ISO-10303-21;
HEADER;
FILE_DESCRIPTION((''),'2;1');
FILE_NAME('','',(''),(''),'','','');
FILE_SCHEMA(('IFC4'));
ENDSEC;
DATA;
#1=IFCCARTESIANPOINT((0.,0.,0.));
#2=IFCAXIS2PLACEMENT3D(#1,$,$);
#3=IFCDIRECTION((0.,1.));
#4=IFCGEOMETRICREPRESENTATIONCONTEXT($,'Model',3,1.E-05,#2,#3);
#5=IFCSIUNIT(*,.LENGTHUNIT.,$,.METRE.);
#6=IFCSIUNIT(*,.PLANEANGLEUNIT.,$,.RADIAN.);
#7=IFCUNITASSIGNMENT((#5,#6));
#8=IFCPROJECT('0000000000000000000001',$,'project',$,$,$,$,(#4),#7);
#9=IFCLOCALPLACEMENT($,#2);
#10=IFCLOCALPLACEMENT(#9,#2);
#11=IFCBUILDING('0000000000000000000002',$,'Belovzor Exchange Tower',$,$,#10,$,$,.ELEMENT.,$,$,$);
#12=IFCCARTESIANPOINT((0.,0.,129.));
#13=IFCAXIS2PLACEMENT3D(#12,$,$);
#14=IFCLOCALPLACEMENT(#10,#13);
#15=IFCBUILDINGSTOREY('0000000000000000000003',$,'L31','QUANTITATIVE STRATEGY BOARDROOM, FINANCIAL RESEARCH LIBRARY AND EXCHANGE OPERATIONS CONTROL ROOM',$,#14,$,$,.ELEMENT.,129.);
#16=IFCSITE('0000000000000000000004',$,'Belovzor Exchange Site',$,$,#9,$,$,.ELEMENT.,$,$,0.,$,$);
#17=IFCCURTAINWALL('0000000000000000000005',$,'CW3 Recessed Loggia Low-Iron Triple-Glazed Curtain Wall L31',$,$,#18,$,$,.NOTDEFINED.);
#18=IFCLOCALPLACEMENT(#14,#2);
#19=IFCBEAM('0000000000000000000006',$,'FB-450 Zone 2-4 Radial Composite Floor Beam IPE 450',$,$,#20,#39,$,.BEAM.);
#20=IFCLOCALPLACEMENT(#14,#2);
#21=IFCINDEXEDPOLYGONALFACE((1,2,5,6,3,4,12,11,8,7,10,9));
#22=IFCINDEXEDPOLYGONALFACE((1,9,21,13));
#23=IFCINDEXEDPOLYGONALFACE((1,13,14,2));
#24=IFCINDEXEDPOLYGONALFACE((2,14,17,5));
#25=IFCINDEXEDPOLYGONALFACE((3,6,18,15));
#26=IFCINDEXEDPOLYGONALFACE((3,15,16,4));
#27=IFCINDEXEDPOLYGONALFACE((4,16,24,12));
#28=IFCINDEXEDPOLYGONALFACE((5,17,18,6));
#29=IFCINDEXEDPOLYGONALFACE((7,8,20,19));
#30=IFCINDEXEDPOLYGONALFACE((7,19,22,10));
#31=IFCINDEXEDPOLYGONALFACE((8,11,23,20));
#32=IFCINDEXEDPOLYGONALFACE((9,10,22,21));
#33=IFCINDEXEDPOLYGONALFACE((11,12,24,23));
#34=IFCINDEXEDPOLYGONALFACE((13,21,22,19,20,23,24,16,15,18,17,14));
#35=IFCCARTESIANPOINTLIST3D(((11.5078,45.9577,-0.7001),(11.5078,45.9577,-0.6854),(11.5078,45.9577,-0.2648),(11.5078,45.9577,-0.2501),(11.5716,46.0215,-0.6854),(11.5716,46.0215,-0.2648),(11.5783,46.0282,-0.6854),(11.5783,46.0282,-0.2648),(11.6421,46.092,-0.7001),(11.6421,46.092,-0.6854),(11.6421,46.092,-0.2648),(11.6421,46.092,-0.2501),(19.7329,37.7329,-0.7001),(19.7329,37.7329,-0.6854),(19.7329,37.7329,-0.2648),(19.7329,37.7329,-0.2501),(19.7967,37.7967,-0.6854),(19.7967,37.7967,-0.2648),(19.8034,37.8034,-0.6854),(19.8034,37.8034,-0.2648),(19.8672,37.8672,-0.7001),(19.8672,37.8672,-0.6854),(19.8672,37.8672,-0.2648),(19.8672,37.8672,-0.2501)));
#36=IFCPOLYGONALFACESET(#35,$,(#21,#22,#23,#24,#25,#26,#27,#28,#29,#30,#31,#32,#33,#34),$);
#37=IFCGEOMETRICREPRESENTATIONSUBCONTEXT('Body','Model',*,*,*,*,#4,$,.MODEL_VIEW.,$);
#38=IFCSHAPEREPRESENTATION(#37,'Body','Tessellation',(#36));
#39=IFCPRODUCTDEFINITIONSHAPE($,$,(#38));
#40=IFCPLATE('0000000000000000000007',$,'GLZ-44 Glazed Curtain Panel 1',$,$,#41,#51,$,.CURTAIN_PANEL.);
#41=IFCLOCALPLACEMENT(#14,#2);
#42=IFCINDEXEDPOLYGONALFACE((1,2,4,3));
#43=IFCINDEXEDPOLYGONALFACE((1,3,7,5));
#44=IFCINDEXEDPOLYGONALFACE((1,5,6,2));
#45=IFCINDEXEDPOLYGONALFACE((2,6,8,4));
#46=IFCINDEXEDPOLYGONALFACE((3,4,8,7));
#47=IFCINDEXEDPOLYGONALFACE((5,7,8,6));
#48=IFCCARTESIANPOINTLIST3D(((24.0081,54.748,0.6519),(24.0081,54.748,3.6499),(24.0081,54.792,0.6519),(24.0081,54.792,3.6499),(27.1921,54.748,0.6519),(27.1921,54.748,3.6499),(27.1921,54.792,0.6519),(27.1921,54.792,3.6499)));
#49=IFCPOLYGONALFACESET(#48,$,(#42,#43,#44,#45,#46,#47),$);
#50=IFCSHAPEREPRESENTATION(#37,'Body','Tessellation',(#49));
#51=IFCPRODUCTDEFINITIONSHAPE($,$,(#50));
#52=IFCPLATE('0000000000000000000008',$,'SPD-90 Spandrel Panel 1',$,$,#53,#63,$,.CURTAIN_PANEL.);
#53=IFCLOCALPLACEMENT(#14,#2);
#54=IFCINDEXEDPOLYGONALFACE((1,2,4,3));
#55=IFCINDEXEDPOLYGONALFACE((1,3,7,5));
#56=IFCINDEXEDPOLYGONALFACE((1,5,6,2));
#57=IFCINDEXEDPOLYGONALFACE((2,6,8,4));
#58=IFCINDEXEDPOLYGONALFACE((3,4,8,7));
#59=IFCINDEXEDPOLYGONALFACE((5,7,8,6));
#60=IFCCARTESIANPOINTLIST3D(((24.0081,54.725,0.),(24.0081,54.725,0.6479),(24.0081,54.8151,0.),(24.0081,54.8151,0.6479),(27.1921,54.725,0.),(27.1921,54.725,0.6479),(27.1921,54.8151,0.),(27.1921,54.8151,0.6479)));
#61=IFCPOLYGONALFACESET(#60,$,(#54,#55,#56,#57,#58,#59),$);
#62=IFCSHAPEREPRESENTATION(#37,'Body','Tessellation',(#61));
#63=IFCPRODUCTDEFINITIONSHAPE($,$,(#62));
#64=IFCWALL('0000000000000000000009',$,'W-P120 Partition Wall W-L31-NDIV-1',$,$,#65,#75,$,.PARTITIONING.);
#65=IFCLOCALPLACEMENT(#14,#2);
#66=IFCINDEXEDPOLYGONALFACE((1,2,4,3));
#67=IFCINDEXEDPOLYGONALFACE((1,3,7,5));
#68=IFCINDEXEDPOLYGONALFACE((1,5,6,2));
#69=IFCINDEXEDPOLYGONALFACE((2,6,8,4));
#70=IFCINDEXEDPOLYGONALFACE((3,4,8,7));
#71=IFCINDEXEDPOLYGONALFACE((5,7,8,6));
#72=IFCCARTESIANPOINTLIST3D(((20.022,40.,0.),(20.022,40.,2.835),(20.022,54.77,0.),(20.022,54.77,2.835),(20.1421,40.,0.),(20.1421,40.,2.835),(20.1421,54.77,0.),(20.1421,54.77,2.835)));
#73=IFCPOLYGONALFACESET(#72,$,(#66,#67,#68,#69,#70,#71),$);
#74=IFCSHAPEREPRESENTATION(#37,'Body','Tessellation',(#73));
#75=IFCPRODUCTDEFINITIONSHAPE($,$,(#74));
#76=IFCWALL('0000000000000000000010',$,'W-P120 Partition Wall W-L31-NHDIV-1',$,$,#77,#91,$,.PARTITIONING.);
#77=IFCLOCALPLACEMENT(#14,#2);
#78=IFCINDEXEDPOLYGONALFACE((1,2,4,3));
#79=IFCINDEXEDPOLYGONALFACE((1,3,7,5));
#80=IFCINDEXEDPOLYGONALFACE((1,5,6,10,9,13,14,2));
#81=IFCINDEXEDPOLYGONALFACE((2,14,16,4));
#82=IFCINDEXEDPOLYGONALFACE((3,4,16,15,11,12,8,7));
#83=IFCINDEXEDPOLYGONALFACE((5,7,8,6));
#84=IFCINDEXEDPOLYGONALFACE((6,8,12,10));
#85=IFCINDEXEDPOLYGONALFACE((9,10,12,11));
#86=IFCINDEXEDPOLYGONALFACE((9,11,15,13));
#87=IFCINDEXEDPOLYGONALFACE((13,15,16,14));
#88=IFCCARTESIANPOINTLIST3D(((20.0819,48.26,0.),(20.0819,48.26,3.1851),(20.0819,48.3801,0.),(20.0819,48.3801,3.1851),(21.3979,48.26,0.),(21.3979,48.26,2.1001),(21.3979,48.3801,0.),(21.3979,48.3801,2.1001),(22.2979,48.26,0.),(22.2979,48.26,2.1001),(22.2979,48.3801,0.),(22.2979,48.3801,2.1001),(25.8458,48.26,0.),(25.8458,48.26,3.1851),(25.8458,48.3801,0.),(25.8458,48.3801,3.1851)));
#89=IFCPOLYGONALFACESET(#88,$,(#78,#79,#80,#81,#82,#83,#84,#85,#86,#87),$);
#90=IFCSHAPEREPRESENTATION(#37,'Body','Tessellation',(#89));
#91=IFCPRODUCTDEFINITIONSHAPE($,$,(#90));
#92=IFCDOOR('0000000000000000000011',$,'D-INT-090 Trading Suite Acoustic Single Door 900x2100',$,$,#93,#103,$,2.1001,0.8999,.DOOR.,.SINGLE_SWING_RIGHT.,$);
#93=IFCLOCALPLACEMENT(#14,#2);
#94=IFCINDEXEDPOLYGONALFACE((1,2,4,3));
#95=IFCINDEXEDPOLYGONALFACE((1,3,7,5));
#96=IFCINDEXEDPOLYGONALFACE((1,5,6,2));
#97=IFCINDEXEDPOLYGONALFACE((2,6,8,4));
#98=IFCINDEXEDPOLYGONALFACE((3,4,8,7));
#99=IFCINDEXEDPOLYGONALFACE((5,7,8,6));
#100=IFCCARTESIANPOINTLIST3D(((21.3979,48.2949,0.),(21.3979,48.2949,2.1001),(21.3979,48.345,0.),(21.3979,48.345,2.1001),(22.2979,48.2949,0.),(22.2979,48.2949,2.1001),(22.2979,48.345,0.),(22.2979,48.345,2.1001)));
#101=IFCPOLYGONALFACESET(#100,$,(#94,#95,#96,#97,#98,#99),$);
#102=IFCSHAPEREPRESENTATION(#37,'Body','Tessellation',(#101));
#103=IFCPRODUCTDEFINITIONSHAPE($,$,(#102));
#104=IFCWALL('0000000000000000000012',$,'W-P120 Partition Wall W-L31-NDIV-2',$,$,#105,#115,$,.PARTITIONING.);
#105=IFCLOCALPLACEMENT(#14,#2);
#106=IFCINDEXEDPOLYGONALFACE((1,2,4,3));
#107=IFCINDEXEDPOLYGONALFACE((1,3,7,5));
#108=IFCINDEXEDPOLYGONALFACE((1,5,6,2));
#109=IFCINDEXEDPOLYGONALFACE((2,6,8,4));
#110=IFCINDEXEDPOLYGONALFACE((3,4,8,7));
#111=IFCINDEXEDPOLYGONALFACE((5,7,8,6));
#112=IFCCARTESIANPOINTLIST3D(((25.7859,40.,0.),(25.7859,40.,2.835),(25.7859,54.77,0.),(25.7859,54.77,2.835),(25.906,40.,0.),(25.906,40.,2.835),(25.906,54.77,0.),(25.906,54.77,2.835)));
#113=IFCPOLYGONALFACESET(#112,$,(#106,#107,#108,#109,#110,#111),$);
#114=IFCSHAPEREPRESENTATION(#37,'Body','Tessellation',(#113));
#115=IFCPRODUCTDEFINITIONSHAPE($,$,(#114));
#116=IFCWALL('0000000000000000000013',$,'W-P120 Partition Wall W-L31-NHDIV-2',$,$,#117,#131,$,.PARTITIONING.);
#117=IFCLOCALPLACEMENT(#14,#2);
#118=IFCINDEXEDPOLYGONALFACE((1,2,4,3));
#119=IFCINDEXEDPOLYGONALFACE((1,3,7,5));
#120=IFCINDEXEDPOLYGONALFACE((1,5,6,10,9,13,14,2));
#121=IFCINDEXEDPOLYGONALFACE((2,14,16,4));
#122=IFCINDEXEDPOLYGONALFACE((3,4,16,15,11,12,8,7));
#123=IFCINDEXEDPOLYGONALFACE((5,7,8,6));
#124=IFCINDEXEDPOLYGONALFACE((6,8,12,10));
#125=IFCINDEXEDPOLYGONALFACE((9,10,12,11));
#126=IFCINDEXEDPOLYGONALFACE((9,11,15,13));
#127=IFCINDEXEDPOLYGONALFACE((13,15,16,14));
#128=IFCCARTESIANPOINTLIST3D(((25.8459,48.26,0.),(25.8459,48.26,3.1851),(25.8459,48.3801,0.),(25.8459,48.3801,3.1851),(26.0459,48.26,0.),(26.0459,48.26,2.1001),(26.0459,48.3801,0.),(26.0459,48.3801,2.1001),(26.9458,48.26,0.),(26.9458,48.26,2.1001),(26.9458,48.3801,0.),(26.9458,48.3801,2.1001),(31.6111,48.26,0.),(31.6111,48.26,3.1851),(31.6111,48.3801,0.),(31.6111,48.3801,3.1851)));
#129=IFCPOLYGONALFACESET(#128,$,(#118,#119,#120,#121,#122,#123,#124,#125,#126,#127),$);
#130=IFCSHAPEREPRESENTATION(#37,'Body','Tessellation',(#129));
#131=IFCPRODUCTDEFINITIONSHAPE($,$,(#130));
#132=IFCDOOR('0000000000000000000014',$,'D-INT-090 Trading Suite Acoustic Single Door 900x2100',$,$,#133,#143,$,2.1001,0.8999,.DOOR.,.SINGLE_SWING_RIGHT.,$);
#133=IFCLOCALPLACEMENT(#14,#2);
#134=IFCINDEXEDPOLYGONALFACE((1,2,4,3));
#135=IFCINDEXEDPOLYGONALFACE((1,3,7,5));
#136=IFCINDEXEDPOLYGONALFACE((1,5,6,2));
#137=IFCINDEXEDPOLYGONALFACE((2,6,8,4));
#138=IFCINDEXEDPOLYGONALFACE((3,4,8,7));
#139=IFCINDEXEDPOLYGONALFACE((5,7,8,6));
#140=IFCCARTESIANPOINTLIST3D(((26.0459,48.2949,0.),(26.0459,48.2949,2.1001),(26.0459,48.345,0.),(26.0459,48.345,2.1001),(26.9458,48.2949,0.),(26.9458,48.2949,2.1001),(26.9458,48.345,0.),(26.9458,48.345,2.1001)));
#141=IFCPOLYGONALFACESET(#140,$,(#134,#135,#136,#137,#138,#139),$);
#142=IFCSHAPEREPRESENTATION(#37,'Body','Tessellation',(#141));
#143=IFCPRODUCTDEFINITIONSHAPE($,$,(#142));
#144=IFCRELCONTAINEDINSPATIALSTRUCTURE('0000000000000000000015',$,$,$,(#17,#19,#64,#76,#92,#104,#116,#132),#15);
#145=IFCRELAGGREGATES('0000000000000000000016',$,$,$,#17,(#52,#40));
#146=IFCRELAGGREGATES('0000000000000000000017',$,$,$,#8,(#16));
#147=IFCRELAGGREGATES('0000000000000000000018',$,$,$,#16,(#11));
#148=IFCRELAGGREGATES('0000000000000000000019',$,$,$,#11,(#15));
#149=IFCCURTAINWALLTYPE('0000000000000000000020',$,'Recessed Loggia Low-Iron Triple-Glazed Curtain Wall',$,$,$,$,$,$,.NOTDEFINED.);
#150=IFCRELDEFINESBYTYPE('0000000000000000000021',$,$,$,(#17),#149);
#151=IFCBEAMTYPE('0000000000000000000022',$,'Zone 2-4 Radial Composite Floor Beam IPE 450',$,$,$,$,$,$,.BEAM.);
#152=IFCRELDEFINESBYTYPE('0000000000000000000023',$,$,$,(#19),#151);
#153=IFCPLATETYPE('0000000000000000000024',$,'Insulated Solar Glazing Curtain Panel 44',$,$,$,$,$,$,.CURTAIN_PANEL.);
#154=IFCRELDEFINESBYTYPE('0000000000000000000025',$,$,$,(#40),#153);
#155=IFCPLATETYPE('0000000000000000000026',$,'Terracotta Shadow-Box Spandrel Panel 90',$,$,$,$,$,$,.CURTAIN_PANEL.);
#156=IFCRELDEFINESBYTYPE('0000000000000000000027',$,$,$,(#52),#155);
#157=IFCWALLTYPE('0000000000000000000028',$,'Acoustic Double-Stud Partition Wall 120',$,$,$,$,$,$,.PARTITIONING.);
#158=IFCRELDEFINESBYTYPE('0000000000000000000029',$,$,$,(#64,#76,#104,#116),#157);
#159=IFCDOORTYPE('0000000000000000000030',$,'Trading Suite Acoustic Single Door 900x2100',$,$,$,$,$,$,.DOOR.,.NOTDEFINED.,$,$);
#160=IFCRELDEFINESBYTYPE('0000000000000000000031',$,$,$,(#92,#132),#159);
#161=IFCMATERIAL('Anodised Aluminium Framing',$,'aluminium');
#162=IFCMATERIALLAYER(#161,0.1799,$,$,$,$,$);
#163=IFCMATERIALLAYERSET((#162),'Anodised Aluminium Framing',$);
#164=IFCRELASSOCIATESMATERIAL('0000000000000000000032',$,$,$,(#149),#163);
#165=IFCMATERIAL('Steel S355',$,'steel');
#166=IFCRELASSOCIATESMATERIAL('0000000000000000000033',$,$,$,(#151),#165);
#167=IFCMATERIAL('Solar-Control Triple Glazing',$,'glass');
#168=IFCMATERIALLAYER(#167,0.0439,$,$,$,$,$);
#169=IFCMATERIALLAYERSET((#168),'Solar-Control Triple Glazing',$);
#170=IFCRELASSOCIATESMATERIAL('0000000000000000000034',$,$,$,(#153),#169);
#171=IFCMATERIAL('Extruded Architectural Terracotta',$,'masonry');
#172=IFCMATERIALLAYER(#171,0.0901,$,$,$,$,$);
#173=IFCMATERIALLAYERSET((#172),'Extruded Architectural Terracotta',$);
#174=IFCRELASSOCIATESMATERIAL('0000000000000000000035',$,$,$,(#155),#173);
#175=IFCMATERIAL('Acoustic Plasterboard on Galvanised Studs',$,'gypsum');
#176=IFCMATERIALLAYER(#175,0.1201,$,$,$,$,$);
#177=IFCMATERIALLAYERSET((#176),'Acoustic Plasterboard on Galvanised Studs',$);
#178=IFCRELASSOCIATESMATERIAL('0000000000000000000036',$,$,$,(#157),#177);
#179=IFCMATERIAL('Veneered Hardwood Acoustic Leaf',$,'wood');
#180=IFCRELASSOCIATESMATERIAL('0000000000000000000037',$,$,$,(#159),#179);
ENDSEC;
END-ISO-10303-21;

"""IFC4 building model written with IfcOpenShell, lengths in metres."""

from ifc_helpers import new_model, si_unit, direction, frame, frame_2d, origin, origin_2d, place, context, subcontext, project, spatial, rectangle, i_section, extrude, material, layer, layer_set, material_profile, profile_set, type_object, element, fill, aggregate, save


model = new_model("IFC4")

# Units and contexts
model_context = context("Model", 3, precision=1e-05, world=origin(), true_north=direction((0.0, 1.0)))
body_context = subcontext(model_context, "Body", "Model", "MODEL_VIEW")
ifc_project = project(units=[si_unit("LENGTHUNIT", "METRE"), si_unit("PLANEANGLEUNIT", "RADIAN")], contexts=[model_context])

# Site, building, storey
site_placement = place(None, origin())
site = spatial("IfcSite", under=ifc_project, at=site_placement, Name="Belovzor Exchange Site", CompositionType="ELEMENT", RefElevation=0.0)
building_placement = place(site_placement, origin())
building = spatial("IfcBuilding", under=site, at=building_placement, Name="Belovzor Exchange Tower", CompositionType="ELEMENT")
storey_placement = place(building_placement, frame((0.0, 0.0, 129.0)))
storey = spatial("IfcBuildingStorey", under=building, at=storey_placement, Name="L31", Description="QUANTITATIVE STRATEGY BOARDROOM, FINANCIAL RESEARCH LIBRARY AND EXCHANGE OPERATIONS CONTROL ROOM", CompositionType="ELEMENT", Elevation=129.0)

# Curtain wall
ifc_material_1 = material(Name="Anodised Aluminium Framing", Category="aluminium")
ifc_layer_1 = layer(ifc_material_1, 0.1799)
ifc_layer_set_1 = layer_set([ifc_layer_1], Name="Anodised Aluminium Framing")
curtain_wall_type = type_object("IfcCurtainWallType", Name="Recessed Loggia Low-Iron Triple-Glazed Curtain Wall", PredefinedType="NOTDEFINED", material=ifc_layer_set_1)
curtain_wall_placement = place(storey_placement, origin())
curtain_wall = element("IfcCurtainWall", 1, at=curtain_wall_placement, inside=storey, type_object=curtain_wall_type, Name="CW3 Recessed Loggia Low-Iron Triple-Glazed Curtain Wall L31", PredefinedType="NOTDEFINED")

# Beam
ifc_material_2 = material(Name="Steel S355", Category="steel")
ifc_material_profile_1 = material_profile(ifc_material_2, i_section(OverallWidth=0.1899, OverallDepth=0.45, WebThickness=0.0095, FlangeThickness=0.0146, at=origin_2d()))
ifc_profile_set_1 = profile_set([ifc_material_profile_1], Name="Steel S355")
beam_type_1 = type_object("IfcBeamType", Name="Zone 2-4 Radial Composite Floor Beam IPE 450", PredefinedType="BEAM", material=ifc_profile_set_1)
beam_1_placement = place(storey_placement, frame((19.8, 37.8, -0.4751), z_axis=(-0.707117, 0.707096, 0.0), x_axis=(-0.707096, -0.707117, 0.0)))
element("IfcBeam", 2, at=beam_1_placement, inside=storey, type_object=beam_type_1, Name="FB-450 Zone 2-4 Radial Composite Floor Beam IPE 450", PredefinedType="BEAM", context=body_context, shape_type="SweptSolid", body=[
    extrude(i_section(OverallWidth=0.1899, OverallDepth=0.45, WebThickness=0.0095, FlangeThickness=0.0146, at=origin_2d()), origin(), (0.0, 0.0, 1.0), 11.6318),
])

# Plates
ifc_material_3 = material(Name="Solar-Control Triple Glazing", Category="glass")
ifc_layer_2 = layer(ifc_material_3, 0.0439)
ifc_layer_set_2 = layer_set([ifc_layer_2], Name="Solar-Control Triple Glazing")
plate_type_1 = type_object("IfcPlateType", Name="Insulated Solar Glazing Curtain Panel 44", PredefinedType="CURTAIN_PANEL", material=ifc_layer_set_2)
plate_1_placement = place(storey_placement, frame((25.6001, 54.77, 0.6519), z_axis=(0.0, 0.0, 1.0), x_axis=(1.0, 0.0, 0.0)))
plate_1 = element("IfcPlate", 3, at=plate_1_placement, type_object=plate_type_1, Name="GLZ-44 Glazed Curtain Panel 1", PredefinedType="CURTAIN_PANEL", context=body_context, shape_type="SweptSolid", body=[
    extrude(rectangle(XDim=3.1841, YDim=0.0439, at=origin_2d()), origin(), (0.0, 0.0, 1.0), 2.998),
])
ifc_material_4 = material(Name="Extruded Architectural Terracotta", Category="masonry")
ifc_layer_3 = layer(ifc_material_4, 0.0901)
ifc_layer_set_3 = layer_set([ifc_layer_3], Name="Extruded Architectural Terracotta")
plate_type_2 = type_object("IfcPlateType", Name="Terracotta Shadow-Box Spandrel Panel 90", PredefinedType="CURTAIN_PANEL", material=ifc_layer_set_3)
plate_2_placement = place(storey_placement, frame((25.6001, 54.77, 0.0), z_axis=(0.0, 0.0, 1.0), x_axis=(1.0, 0.0, 0.0)))
plate_2 = element("IfcPlate", 4, at=plate_2_placement, type_object=plate_type_2, Name="SPD-90 Spandrel Panel 1", PredefinedType="CURTAIN_PANEL", context=body_context, shape_type="SweptSolid", body=[
    extrude(rectangle(XDim=3.1841, YDim=0.0901, at=origin_2d()), origin(), (0.0, 0.0, 1.0), 0.6479),
])
aggregate(curtain_wall, [plate_2, plate_1])

# Wall
ifc_material_5 = material(Name="Acoustic Plasterboard on Galvanised Studs", Category="gypsum")
ifc_layer_4 = layer(ifc_material_5, 0.1201)
ifc_layer_set_4 = layer_set([ifc_layer_4], Name="Acoustic Plasterboard on Galvanised Studs")
wall_type_1 = type_object("IfcWallType", Name="Acoustic Double-Stud Partition Wall 120", PredefinedType="PARTITIONING", material=ifc_layer_set_4)
wall_1_placement = place(storey_placement, frame((20.082, 40.0, 0.0), z_axis=(0.0, 0.0, 1.0), x_axis=(0.0, 1.0, 0.0)))
element("IfcWall", 5, at=wall_1_placement, inside=storey, type_object=wall_type_1, Name="W-P120 Partition Wall W-L31-NDIV-1", PredefinedType="PARTITIONING", context=body_context, shape_type="SweptSolid", body=[
    extrude(rectangle(XDim=14.77, YDim=0.1201, at=frame_2d((7.385, 0.0))), origin(), (0.0, 0.0, 1.0), 2.835),
])

# Wall, opening, door
wall_2_placement = place(storey_placement, frame((20.082, 48.3201, 0.0), z_axis=(0.0, 0.0, 1.0), x_axis=(1.0, 0.0, 0.0)))
wall_2 = element("IfcWall", 6, at=wall_2_placement, inside=storey, type_object=wall_type_1, Name="W-P120 Partition Wall W-L31-NHDIV-1", PredefinedType="PARTITIONING", context=body_context, shape_type="SweptSolid", body=[
    extrude(rectangle(XDim=5.7639, YDim=0.1201, at=frame_2d((2.8818, 0.0))), origin(), (0.0, 0.0, 1.0), 3.1851),
])
opening_1_placement = place(wall_2_placement, frame((1.3159, 0.0, 0.0)))
opening_1 = element("IfcOpeningElement", 7, at=opening_1_placement, cuts=wall_2, PredefinedType="OPENING", context=body_context, shape_type="SweptSolid", body=[
    extrude(rectangle(XDim=0.8999, YDim=2.1001, at=frame_2d((0.45, 1.05))), frame((0.0, 0.0701, 0.0), z_axis=(0.0, -1.0, 0.0), x_axis=(1.0, 0.0, 0.0)), (0.0, 0.0, 1.0), 0.1401),
])
ifc_material_6 = material(Name="Veneered Hardwood Acoustic Leaf", Category="wood")
door_type_1 = type_object("IfcDoorType", Name="Trading Suite Acoustic Single Door 900x2100", OperationType="NOTDEFINED", PredefinedType="DOOR", material=ifc_material_6)
door_1_placement = place(opening_1_placement, origin())
door_1 = element("IfcDoor", 8, at=door_1_placement, inside=storey, type_object=door_type_1, Name="D-INT-090 Trading Suite Acoustic Single Door 900x2100", OperationType="SINGLE_SWING_RIGHT", OverallHeight=2.1001, OverallWidth=0.8999, PredefinedType="DOOR", context=body_context, shape_type="SweptSolid", body=[
    extrude(rectangle(XDim=0.8999, YDim=2.1001, at=frame_2d((0.45, 1.05))), frame((0.0, 0.0249, 0.0), z_axis=(0.0, -1.0, 0.0), x_axis=(1.0, 0.0, 0.0)), (0.0, 0.0, 1.0), 0.05),
])
fill(opening_1, door_1)

# Wall
wall_3_placement = place(storey_placement, frame((25.8459, 40.0, 0.0), z_axis=(0.0, 0.0, 1.0), x_axis=(0.0, 1.0, 0.0)))
element("IfcWall", 9, at=wall_3_placement, inside=storey, type_object=wall_type_1, Name="W-P120 Partition Wall W-L31-NDIV-2", PredefinedType="PARTITIONING", context=body_context, shape_type="SweptSolid", body=[
    extrude(rectangle(XDim=14.77, YDim=0.1201, at=frame_2d((7.385, 0.0))), origin(), (0.0, 0.0, 1.0), 2.835),
])

# Wall, opening, door
wall_4_placement = place(storey_placement, frame((25.8459, 48.3201, 0.0), z_axis=(0.0, 0.0, 1.0), x_axis=(1.0, 0.0, 0.0)))
wall_4 = element("IfcWall", 10, at=wall_4_placement, inside=storey, type_object=wall_type_1, Name="W-P120 Partition Wall W-L31-NHDIV-2", PredefinedType="PARTITIONING", context=body_context, shape_type="SweptSolid", body=[
    extrude(rectangle(XDim=5.7651, YDim=0.1201, at=frame_2d((2.8826, 0.0))), origin(), (0.0, 0.0, 1.0), 3.1851),
])
opening_2_placement = place(wall_4_placement, frame((0.2, 0.0, 0.0)))
opening_2 = element("IfcOpeningElement", 11, at=opening_2_placement, cuts=wall_4, PredefinedType="OPENING", context=body_context, shape_type="SweptSolid", body=[
    extrude(rectangle(XDim=0.8999, YDim=2.1001, at=frame_2d((0.45, 1.05))), frame((0.0, 0.0701, 0.0), z_axis=(0.0, -1.0, 0.0), x_axis=(1.0, 0.0, 0.0)), (0.0, 0.0, 1.0), 0.1401),
])
door_2_placement = place(opening_2_placement, origin())
door_2 = element("IfcDoor", 12, at=door_2_placement, inside=storey, type_object=door_type_1, Name="D-INT-090 Trading Suite Acoustic Single Door 900x2100", OperationType="SINGLE_SWING_RIGHT", OverallHeight=2.1001, OverallWidth=0.8999, PredefinedType="DOOR", context=body_context, shape_type="SweptSolid", body=[
    extrude(rectangle(XDim=0.8999, YDim=2.1001, at=frame_2d((0.45, 1.05))), frame((0.0, 0.0249, 0.0), z_axis=(0.0, -1.0, 0.0), x_axis=(1.0, 0.0, 0.0)), (0.0, 0.0, 1.0), 0.05),
])
fill(opening_2, door_2)

save(model, "model.ifc")
